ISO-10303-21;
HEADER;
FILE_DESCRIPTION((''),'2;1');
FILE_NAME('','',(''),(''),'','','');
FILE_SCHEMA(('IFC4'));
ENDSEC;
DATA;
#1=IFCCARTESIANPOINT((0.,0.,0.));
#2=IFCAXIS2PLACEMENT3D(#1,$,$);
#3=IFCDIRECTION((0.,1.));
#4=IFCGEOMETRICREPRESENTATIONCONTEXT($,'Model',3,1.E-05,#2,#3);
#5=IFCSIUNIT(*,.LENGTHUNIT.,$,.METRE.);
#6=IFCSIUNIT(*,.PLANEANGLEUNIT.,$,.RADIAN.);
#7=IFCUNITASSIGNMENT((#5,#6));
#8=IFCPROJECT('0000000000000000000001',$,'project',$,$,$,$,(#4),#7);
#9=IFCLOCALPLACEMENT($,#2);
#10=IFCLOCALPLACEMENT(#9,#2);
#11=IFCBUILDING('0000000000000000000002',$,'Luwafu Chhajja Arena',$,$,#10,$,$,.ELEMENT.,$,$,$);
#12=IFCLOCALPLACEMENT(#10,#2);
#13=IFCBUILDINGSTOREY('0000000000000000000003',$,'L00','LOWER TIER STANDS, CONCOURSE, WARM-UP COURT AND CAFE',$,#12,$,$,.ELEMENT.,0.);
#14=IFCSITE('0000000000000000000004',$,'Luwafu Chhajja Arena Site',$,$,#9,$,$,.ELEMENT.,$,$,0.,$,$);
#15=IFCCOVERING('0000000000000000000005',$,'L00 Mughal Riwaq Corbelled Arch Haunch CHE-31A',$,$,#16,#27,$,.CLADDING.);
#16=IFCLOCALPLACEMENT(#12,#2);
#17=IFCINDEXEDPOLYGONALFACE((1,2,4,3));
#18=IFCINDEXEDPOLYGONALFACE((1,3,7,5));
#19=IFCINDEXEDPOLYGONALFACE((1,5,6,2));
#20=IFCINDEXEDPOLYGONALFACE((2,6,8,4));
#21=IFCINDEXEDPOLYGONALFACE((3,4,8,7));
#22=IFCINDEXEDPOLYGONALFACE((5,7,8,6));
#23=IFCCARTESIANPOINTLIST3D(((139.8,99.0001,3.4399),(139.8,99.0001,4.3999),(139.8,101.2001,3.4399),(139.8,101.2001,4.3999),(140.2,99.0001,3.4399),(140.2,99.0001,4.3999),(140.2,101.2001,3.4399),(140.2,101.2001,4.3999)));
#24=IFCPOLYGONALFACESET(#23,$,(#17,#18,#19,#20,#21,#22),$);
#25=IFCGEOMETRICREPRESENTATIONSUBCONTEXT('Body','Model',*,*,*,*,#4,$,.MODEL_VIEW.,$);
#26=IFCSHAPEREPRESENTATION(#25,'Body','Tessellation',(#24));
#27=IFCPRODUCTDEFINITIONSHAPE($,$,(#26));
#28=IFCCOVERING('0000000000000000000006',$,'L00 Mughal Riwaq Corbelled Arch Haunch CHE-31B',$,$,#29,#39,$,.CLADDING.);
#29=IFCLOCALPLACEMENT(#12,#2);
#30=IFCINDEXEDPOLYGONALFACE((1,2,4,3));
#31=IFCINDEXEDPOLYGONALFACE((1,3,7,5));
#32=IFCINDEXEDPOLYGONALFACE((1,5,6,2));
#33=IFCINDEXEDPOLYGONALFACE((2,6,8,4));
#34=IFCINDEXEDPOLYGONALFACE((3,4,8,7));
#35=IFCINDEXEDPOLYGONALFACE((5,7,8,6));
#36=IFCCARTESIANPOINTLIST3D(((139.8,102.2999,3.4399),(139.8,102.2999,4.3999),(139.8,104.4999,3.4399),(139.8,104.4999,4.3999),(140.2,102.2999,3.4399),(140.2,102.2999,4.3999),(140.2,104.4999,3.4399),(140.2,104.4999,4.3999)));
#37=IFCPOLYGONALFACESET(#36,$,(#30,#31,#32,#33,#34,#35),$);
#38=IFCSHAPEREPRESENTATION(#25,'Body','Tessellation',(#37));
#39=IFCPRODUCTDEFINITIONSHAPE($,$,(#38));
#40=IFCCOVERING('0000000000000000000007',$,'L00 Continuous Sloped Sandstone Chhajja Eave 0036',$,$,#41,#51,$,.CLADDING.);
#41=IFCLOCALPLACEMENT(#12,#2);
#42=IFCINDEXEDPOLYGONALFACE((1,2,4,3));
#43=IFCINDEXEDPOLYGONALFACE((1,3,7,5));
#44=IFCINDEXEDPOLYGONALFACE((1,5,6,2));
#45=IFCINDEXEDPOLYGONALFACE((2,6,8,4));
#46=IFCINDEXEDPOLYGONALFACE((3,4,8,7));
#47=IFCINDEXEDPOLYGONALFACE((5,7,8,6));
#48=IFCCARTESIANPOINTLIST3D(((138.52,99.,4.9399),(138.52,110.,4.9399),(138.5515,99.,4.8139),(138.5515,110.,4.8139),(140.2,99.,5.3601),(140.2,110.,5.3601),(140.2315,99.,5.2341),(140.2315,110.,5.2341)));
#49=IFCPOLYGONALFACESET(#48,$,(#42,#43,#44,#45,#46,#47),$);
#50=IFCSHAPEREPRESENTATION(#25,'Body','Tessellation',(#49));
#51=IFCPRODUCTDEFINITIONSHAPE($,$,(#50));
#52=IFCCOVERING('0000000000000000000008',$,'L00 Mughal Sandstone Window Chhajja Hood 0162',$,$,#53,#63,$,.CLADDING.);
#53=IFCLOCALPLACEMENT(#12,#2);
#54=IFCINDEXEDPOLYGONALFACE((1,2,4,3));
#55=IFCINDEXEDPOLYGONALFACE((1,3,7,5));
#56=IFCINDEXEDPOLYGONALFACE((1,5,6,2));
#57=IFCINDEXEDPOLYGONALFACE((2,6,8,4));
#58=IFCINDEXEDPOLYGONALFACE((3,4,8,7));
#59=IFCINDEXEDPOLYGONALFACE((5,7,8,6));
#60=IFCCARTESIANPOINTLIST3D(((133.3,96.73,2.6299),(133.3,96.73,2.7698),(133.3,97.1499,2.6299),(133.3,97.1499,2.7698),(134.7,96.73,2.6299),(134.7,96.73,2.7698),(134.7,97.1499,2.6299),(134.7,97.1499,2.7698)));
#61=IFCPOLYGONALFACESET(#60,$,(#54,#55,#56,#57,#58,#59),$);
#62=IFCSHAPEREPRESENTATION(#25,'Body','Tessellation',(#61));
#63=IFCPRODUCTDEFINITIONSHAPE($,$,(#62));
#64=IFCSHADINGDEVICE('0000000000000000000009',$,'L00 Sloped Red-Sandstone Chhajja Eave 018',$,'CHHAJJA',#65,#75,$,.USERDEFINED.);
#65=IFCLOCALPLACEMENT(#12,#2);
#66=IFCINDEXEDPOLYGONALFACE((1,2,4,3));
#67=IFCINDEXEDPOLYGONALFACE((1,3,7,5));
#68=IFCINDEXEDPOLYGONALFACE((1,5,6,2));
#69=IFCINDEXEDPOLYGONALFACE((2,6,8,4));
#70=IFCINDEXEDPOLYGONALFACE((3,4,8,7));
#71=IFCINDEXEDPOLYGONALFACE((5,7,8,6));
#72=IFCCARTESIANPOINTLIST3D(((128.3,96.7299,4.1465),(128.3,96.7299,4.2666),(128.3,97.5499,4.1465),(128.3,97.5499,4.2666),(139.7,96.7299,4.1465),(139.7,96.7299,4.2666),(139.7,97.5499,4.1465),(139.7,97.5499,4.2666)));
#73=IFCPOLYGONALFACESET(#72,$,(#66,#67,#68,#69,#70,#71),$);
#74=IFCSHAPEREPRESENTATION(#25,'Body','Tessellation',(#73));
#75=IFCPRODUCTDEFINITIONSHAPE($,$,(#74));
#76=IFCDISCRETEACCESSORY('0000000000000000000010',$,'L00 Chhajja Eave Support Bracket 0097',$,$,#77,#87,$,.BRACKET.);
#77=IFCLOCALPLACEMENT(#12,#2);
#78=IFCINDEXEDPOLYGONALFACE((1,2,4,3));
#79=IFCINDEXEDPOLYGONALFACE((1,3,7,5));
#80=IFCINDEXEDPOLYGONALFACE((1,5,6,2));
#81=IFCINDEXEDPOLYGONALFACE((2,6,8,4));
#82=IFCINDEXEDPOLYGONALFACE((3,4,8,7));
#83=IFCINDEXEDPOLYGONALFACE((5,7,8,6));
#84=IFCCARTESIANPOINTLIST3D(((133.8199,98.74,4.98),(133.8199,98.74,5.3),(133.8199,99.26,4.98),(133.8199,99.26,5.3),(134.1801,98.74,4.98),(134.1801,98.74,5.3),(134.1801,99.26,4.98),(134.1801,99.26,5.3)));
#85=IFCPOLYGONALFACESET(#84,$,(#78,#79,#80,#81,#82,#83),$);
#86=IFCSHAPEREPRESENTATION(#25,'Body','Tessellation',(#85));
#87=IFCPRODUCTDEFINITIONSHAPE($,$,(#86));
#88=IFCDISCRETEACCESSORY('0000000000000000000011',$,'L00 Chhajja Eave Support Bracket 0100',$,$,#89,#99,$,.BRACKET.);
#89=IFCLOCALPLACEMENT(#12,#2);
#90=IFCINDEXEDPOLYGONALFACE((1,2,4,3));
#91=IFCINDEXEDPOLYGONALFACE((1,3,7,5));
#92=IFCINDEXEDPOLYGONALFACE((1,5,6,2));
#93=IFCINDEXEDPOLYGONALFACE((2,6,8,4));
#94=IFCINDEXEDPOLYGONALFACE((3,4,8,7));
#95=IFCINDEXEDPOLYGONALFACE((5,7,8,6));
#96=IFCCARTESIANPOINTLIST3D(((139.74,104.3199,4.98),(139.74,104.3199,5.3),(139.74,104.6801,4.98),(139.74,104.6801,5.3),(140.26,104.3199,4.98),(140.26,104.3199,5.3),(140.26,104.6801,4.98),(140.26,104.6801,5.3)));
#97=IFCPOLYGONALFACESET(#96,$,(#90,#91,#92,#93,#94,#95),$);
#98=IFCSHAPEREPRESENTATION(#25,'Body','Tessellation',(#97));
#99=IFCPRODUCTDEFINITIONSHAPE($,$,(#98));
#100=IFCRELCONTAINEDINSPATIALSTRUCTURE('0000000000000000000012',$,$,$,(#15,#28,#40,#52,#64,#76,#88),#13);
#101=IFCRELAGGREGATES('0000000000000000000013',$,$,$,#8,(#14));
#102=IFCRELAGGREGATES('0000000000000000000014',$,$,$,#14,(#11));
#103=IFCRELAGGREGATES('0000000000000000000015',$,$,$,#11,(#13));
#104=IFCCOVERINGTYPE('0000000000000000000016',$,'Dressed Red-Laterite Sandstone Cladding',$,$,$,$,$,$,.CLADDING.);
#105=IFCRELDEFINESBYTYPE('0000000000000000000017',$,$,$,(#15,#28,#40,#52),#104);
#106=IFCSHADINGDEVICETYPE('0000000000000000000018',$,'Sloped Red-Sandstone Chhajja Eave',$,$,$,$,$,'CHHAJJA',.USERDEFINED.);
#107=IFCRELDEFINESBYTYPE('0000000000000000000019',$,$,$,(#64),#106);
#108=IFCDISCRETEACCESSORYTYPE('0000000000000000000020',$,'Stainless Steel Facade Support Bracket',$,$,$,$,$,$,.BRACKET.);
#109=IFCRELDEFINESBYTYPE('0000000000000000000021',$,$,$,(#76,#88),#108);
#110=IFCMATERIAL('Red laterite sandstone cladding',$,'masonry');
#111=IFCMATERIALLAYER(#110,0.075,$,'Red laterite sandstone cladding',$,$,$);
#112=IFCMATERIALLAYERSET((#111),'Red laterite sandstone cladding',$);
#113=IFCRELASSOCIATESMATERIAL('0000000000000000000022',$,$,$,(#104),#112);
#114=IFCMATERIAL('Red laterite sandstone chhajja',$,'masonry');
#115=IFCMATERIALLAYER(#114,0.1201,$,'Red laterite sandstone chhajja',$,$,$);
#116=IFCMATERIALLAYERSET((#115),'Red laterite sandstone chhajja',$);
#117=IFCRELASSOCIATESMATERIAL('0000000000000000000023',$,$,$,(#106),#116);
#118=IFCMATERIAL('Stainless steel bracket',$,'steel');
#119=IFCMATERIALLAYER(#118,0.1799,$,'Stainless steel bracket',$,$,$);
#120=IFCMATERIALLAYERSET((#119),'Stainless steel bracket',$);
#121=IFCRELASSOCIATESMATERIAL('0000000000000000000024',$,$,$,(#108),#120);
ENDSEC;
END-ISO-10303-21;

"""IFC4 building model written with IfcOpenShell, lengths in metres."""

from ifc_helpers import new_model, si_unit, direction, frame, origin, origin_2d, place, context, subcontext, project, spatial, polyline, rectangle, outline, extrude, material, layer, layer_set, type_object, element, save


model = new_model("IFC4")

# Units and contexts
model_context = context("Model", 3, precision=1e-05, world=origin(), true_north=direction((0.0, 1.0)))
body_context = subcontext(model_context, "Body", "Model", "MODEL_VIEW")
ifc_project = project(units=[si_unit("LENGTHUNIT", "METRE"), si_unit("PLANEANGLEUNIT", "RADIAN")], contexts=[model_context])

# Site, building, storey
site_placement = place(None, origin())
site = spatial("IfcSite", under=ifc_project, at=site_placement, Name="Luwafu Chhajja Arena Site", CompositionType="ELEMENT", RefElevation=0.0)
building_placement = place(site_placement, origin())
building = spatial("IfcBuilding", under=site, at=building_placement, Name="Luwafu Chhajja Arena", CompositionType="ELEMENT")
storey_placement = place(building_placement, origin())
storey = spatial("IfcBuildingStorey", under=building, at=storey_placement, Name="L00", Description="LOWER TIER STANDS, CONCOURSE, WARM-UP COURT AND CAFE", CompositionType="ELEMENT", Elevation=0.0)

# Coverings
ifc_material_1 = material(Name="Red laterite sandstone cladding", Category="masonry")
ifc_layer_1 = layer(ifc_material_1, 0.075, Name="Red laterite sandstone cladding")
ifc_layer_set_1 = layer_set([ifc_layer_1], Name="Red laterite sandstone cladding")
covering_type = type_object("IfcCoveringType", Name="Dressed Red-Laterite Sandstone Cladding", PredefinedType="CLADDING", material=ifc_layer_set_1)
for number, where, z_axis, x_axis, name in (
    (1, (140.0, 100.1001, 3.4399), (0.0, 0.0, 1.0), (0.0, 1.0, 0.0), "L00 Mughal Riwaq Corbelled Arch Haunch CHE-31A"),
    (2, (140.0, 103.3999, 3.4399), (0.0, 0.0, 1.0), (0.0, 1.0, 0.0), "L00 Mughal Riwaq Corbelled Arch Haunch CHE-31B"),
):
    element("IfcCovering", number, at=place(storey_placement, frame(where, z_axis=z_axis, x_axis=x_axis)), inside=storey, type_object=covering_type, Name=name, PredefinedType="CLADDING", context=body_context, shape_type="SweptSolid", body=[
        extrude(rectangle(XDim=2.2, YDim=0.3999, at=origin_2d()), origin(), (0.0, 0.0, 1.0), 0.96),
    ])
covering_1_placement = place(storey_placement, frame((140.2, 99.0, 5.3601), z_axis=(-0.242635, 0.0, 0.970118), x_axis=(0.0, 1.0, 0.0)))
element("IfcCovering", 3, at=covering_1_placement, inside=storey, type_object=covering_type, Name="L00 Continuous Sloped Sandstone Chhajja Eave 0036", PredefinedType="CLADDING", context=body_context, shape_type="SweptSolid", body=[
    extrude(outline(polyline([(0.0, 0.0), (11.0, 0.0), (11.0, 1.7317), (0.0, 1.7317), (0.0, 0.0)])), origin(), (0.0, 0.0, -1.0), 0.1299),
])
covering_2_placement = place(storey_placement, frame((134.0, 96.9399, 2.6299), z_axis=(0.0, 0.0, 1.0), x_axis=(1.0, 0.0, 0.0)))
element("IfcCovering", 4, at=covering_2_placement, inside=storey, type_object=covering_type, Name="L00 Mughal Sandstone Window Chhajja Hood 0162", PredefinedType="CLADDING", context=body_context, shape_type="SweptSolid", body=[
    extrude(rectangle(XDim=1.3999, YDim=0.4199, at=origin_2d()), origin(), (0.0, 0.0, 1.0), 0.1399),
])

# Shading device
ifc_material_2 = material(Name="Red laterite sandstone chhajja", Category="masonry")
ifc_layer_2 = layer(ifc_material_2, 0.1201, Name="Red laterite sandstone chhajja")
ifc_layer_set_2 = layer_set([ifc_layer_2], Name="Red laterite sandstone chhajja")
shading_device_type = type_object("IfcShadingDeviceType", Name="Sloped Red-Sandstone Chhajja Eave", ElementType="CHHAJJA", PredefinedType="USERDEFINED", material=ifc_layer_set_2)
shading_device_placement = place(storey_placement, frame((134.0, 97.1399, 4.1465), z_axis=(0.0, 0.0, 1.0), x_axis=(1.0, 0.0, 0.0)))
element("IfcShadingDevice", 5, at=shading_device_placement, inside=storey, type_object=shading_device_type, Name="L00 Sloped Red-Sandstone Chhajja Eave 018", ObjectType="CHHAJJA", PredefinedType="USERDEFINED", context=body_context, shape_type="SweptSolid", body=[
    extrude(rectangle(XDim=11.3999, YDim=0.8201, at=origin_2d()), origin(), (0.0, 0.0, 1.0), 0.1201),
])

# Discrete accessories
ifc_material_3 = material(Name="Stainless steel bracket", Category="steel")
ifc_layer_3 = layer(ifc_material_3, 0.1799, Name="Stainless steel bracket")
ifc_layer_set_3 = layer_set([ifc_layer_3], Name="Stainless steel bracket")
discrete_accessory_type = type_object("IfcDiscreteAccessoryType", Name="Stainless Steel Facade Support Bracket", PredefinedType="BRACKET", material=ifc_layer_set_3)
for number, where, z_axis, x_axis, name in (
    (6, (134.0, 99.0, 4.98), (0.0, 0.0, 1.0), (1.0, 0.0, 0.0), "L00 Chhajja Eave Support Bracket 0097"),
    (7, (140.0, 104.5, 4.98), (0.0, 0.0, 1.0), (0.0, 1.0, 0.0), "L00 Chhajja Eave Support Bracket 0100"),
):
    element("IfcDiscreteAccessory", number, at=place(storey_placement, frame(where, z_axis=z_axis, x_axis=x_axis)), inside=storey, type_object=discrete_accessory_type, Name=name, PredefinedType="BRACKET", context=body_context, shape_type="SweptSolid", body=[
        extrude(rectangle(XDim=0.3601, YDim=0.52, at=origin_2d()), origin(), (0.0, 0.0, 1.0), 0.3201),
    ])

save(model, "model.ifc")
